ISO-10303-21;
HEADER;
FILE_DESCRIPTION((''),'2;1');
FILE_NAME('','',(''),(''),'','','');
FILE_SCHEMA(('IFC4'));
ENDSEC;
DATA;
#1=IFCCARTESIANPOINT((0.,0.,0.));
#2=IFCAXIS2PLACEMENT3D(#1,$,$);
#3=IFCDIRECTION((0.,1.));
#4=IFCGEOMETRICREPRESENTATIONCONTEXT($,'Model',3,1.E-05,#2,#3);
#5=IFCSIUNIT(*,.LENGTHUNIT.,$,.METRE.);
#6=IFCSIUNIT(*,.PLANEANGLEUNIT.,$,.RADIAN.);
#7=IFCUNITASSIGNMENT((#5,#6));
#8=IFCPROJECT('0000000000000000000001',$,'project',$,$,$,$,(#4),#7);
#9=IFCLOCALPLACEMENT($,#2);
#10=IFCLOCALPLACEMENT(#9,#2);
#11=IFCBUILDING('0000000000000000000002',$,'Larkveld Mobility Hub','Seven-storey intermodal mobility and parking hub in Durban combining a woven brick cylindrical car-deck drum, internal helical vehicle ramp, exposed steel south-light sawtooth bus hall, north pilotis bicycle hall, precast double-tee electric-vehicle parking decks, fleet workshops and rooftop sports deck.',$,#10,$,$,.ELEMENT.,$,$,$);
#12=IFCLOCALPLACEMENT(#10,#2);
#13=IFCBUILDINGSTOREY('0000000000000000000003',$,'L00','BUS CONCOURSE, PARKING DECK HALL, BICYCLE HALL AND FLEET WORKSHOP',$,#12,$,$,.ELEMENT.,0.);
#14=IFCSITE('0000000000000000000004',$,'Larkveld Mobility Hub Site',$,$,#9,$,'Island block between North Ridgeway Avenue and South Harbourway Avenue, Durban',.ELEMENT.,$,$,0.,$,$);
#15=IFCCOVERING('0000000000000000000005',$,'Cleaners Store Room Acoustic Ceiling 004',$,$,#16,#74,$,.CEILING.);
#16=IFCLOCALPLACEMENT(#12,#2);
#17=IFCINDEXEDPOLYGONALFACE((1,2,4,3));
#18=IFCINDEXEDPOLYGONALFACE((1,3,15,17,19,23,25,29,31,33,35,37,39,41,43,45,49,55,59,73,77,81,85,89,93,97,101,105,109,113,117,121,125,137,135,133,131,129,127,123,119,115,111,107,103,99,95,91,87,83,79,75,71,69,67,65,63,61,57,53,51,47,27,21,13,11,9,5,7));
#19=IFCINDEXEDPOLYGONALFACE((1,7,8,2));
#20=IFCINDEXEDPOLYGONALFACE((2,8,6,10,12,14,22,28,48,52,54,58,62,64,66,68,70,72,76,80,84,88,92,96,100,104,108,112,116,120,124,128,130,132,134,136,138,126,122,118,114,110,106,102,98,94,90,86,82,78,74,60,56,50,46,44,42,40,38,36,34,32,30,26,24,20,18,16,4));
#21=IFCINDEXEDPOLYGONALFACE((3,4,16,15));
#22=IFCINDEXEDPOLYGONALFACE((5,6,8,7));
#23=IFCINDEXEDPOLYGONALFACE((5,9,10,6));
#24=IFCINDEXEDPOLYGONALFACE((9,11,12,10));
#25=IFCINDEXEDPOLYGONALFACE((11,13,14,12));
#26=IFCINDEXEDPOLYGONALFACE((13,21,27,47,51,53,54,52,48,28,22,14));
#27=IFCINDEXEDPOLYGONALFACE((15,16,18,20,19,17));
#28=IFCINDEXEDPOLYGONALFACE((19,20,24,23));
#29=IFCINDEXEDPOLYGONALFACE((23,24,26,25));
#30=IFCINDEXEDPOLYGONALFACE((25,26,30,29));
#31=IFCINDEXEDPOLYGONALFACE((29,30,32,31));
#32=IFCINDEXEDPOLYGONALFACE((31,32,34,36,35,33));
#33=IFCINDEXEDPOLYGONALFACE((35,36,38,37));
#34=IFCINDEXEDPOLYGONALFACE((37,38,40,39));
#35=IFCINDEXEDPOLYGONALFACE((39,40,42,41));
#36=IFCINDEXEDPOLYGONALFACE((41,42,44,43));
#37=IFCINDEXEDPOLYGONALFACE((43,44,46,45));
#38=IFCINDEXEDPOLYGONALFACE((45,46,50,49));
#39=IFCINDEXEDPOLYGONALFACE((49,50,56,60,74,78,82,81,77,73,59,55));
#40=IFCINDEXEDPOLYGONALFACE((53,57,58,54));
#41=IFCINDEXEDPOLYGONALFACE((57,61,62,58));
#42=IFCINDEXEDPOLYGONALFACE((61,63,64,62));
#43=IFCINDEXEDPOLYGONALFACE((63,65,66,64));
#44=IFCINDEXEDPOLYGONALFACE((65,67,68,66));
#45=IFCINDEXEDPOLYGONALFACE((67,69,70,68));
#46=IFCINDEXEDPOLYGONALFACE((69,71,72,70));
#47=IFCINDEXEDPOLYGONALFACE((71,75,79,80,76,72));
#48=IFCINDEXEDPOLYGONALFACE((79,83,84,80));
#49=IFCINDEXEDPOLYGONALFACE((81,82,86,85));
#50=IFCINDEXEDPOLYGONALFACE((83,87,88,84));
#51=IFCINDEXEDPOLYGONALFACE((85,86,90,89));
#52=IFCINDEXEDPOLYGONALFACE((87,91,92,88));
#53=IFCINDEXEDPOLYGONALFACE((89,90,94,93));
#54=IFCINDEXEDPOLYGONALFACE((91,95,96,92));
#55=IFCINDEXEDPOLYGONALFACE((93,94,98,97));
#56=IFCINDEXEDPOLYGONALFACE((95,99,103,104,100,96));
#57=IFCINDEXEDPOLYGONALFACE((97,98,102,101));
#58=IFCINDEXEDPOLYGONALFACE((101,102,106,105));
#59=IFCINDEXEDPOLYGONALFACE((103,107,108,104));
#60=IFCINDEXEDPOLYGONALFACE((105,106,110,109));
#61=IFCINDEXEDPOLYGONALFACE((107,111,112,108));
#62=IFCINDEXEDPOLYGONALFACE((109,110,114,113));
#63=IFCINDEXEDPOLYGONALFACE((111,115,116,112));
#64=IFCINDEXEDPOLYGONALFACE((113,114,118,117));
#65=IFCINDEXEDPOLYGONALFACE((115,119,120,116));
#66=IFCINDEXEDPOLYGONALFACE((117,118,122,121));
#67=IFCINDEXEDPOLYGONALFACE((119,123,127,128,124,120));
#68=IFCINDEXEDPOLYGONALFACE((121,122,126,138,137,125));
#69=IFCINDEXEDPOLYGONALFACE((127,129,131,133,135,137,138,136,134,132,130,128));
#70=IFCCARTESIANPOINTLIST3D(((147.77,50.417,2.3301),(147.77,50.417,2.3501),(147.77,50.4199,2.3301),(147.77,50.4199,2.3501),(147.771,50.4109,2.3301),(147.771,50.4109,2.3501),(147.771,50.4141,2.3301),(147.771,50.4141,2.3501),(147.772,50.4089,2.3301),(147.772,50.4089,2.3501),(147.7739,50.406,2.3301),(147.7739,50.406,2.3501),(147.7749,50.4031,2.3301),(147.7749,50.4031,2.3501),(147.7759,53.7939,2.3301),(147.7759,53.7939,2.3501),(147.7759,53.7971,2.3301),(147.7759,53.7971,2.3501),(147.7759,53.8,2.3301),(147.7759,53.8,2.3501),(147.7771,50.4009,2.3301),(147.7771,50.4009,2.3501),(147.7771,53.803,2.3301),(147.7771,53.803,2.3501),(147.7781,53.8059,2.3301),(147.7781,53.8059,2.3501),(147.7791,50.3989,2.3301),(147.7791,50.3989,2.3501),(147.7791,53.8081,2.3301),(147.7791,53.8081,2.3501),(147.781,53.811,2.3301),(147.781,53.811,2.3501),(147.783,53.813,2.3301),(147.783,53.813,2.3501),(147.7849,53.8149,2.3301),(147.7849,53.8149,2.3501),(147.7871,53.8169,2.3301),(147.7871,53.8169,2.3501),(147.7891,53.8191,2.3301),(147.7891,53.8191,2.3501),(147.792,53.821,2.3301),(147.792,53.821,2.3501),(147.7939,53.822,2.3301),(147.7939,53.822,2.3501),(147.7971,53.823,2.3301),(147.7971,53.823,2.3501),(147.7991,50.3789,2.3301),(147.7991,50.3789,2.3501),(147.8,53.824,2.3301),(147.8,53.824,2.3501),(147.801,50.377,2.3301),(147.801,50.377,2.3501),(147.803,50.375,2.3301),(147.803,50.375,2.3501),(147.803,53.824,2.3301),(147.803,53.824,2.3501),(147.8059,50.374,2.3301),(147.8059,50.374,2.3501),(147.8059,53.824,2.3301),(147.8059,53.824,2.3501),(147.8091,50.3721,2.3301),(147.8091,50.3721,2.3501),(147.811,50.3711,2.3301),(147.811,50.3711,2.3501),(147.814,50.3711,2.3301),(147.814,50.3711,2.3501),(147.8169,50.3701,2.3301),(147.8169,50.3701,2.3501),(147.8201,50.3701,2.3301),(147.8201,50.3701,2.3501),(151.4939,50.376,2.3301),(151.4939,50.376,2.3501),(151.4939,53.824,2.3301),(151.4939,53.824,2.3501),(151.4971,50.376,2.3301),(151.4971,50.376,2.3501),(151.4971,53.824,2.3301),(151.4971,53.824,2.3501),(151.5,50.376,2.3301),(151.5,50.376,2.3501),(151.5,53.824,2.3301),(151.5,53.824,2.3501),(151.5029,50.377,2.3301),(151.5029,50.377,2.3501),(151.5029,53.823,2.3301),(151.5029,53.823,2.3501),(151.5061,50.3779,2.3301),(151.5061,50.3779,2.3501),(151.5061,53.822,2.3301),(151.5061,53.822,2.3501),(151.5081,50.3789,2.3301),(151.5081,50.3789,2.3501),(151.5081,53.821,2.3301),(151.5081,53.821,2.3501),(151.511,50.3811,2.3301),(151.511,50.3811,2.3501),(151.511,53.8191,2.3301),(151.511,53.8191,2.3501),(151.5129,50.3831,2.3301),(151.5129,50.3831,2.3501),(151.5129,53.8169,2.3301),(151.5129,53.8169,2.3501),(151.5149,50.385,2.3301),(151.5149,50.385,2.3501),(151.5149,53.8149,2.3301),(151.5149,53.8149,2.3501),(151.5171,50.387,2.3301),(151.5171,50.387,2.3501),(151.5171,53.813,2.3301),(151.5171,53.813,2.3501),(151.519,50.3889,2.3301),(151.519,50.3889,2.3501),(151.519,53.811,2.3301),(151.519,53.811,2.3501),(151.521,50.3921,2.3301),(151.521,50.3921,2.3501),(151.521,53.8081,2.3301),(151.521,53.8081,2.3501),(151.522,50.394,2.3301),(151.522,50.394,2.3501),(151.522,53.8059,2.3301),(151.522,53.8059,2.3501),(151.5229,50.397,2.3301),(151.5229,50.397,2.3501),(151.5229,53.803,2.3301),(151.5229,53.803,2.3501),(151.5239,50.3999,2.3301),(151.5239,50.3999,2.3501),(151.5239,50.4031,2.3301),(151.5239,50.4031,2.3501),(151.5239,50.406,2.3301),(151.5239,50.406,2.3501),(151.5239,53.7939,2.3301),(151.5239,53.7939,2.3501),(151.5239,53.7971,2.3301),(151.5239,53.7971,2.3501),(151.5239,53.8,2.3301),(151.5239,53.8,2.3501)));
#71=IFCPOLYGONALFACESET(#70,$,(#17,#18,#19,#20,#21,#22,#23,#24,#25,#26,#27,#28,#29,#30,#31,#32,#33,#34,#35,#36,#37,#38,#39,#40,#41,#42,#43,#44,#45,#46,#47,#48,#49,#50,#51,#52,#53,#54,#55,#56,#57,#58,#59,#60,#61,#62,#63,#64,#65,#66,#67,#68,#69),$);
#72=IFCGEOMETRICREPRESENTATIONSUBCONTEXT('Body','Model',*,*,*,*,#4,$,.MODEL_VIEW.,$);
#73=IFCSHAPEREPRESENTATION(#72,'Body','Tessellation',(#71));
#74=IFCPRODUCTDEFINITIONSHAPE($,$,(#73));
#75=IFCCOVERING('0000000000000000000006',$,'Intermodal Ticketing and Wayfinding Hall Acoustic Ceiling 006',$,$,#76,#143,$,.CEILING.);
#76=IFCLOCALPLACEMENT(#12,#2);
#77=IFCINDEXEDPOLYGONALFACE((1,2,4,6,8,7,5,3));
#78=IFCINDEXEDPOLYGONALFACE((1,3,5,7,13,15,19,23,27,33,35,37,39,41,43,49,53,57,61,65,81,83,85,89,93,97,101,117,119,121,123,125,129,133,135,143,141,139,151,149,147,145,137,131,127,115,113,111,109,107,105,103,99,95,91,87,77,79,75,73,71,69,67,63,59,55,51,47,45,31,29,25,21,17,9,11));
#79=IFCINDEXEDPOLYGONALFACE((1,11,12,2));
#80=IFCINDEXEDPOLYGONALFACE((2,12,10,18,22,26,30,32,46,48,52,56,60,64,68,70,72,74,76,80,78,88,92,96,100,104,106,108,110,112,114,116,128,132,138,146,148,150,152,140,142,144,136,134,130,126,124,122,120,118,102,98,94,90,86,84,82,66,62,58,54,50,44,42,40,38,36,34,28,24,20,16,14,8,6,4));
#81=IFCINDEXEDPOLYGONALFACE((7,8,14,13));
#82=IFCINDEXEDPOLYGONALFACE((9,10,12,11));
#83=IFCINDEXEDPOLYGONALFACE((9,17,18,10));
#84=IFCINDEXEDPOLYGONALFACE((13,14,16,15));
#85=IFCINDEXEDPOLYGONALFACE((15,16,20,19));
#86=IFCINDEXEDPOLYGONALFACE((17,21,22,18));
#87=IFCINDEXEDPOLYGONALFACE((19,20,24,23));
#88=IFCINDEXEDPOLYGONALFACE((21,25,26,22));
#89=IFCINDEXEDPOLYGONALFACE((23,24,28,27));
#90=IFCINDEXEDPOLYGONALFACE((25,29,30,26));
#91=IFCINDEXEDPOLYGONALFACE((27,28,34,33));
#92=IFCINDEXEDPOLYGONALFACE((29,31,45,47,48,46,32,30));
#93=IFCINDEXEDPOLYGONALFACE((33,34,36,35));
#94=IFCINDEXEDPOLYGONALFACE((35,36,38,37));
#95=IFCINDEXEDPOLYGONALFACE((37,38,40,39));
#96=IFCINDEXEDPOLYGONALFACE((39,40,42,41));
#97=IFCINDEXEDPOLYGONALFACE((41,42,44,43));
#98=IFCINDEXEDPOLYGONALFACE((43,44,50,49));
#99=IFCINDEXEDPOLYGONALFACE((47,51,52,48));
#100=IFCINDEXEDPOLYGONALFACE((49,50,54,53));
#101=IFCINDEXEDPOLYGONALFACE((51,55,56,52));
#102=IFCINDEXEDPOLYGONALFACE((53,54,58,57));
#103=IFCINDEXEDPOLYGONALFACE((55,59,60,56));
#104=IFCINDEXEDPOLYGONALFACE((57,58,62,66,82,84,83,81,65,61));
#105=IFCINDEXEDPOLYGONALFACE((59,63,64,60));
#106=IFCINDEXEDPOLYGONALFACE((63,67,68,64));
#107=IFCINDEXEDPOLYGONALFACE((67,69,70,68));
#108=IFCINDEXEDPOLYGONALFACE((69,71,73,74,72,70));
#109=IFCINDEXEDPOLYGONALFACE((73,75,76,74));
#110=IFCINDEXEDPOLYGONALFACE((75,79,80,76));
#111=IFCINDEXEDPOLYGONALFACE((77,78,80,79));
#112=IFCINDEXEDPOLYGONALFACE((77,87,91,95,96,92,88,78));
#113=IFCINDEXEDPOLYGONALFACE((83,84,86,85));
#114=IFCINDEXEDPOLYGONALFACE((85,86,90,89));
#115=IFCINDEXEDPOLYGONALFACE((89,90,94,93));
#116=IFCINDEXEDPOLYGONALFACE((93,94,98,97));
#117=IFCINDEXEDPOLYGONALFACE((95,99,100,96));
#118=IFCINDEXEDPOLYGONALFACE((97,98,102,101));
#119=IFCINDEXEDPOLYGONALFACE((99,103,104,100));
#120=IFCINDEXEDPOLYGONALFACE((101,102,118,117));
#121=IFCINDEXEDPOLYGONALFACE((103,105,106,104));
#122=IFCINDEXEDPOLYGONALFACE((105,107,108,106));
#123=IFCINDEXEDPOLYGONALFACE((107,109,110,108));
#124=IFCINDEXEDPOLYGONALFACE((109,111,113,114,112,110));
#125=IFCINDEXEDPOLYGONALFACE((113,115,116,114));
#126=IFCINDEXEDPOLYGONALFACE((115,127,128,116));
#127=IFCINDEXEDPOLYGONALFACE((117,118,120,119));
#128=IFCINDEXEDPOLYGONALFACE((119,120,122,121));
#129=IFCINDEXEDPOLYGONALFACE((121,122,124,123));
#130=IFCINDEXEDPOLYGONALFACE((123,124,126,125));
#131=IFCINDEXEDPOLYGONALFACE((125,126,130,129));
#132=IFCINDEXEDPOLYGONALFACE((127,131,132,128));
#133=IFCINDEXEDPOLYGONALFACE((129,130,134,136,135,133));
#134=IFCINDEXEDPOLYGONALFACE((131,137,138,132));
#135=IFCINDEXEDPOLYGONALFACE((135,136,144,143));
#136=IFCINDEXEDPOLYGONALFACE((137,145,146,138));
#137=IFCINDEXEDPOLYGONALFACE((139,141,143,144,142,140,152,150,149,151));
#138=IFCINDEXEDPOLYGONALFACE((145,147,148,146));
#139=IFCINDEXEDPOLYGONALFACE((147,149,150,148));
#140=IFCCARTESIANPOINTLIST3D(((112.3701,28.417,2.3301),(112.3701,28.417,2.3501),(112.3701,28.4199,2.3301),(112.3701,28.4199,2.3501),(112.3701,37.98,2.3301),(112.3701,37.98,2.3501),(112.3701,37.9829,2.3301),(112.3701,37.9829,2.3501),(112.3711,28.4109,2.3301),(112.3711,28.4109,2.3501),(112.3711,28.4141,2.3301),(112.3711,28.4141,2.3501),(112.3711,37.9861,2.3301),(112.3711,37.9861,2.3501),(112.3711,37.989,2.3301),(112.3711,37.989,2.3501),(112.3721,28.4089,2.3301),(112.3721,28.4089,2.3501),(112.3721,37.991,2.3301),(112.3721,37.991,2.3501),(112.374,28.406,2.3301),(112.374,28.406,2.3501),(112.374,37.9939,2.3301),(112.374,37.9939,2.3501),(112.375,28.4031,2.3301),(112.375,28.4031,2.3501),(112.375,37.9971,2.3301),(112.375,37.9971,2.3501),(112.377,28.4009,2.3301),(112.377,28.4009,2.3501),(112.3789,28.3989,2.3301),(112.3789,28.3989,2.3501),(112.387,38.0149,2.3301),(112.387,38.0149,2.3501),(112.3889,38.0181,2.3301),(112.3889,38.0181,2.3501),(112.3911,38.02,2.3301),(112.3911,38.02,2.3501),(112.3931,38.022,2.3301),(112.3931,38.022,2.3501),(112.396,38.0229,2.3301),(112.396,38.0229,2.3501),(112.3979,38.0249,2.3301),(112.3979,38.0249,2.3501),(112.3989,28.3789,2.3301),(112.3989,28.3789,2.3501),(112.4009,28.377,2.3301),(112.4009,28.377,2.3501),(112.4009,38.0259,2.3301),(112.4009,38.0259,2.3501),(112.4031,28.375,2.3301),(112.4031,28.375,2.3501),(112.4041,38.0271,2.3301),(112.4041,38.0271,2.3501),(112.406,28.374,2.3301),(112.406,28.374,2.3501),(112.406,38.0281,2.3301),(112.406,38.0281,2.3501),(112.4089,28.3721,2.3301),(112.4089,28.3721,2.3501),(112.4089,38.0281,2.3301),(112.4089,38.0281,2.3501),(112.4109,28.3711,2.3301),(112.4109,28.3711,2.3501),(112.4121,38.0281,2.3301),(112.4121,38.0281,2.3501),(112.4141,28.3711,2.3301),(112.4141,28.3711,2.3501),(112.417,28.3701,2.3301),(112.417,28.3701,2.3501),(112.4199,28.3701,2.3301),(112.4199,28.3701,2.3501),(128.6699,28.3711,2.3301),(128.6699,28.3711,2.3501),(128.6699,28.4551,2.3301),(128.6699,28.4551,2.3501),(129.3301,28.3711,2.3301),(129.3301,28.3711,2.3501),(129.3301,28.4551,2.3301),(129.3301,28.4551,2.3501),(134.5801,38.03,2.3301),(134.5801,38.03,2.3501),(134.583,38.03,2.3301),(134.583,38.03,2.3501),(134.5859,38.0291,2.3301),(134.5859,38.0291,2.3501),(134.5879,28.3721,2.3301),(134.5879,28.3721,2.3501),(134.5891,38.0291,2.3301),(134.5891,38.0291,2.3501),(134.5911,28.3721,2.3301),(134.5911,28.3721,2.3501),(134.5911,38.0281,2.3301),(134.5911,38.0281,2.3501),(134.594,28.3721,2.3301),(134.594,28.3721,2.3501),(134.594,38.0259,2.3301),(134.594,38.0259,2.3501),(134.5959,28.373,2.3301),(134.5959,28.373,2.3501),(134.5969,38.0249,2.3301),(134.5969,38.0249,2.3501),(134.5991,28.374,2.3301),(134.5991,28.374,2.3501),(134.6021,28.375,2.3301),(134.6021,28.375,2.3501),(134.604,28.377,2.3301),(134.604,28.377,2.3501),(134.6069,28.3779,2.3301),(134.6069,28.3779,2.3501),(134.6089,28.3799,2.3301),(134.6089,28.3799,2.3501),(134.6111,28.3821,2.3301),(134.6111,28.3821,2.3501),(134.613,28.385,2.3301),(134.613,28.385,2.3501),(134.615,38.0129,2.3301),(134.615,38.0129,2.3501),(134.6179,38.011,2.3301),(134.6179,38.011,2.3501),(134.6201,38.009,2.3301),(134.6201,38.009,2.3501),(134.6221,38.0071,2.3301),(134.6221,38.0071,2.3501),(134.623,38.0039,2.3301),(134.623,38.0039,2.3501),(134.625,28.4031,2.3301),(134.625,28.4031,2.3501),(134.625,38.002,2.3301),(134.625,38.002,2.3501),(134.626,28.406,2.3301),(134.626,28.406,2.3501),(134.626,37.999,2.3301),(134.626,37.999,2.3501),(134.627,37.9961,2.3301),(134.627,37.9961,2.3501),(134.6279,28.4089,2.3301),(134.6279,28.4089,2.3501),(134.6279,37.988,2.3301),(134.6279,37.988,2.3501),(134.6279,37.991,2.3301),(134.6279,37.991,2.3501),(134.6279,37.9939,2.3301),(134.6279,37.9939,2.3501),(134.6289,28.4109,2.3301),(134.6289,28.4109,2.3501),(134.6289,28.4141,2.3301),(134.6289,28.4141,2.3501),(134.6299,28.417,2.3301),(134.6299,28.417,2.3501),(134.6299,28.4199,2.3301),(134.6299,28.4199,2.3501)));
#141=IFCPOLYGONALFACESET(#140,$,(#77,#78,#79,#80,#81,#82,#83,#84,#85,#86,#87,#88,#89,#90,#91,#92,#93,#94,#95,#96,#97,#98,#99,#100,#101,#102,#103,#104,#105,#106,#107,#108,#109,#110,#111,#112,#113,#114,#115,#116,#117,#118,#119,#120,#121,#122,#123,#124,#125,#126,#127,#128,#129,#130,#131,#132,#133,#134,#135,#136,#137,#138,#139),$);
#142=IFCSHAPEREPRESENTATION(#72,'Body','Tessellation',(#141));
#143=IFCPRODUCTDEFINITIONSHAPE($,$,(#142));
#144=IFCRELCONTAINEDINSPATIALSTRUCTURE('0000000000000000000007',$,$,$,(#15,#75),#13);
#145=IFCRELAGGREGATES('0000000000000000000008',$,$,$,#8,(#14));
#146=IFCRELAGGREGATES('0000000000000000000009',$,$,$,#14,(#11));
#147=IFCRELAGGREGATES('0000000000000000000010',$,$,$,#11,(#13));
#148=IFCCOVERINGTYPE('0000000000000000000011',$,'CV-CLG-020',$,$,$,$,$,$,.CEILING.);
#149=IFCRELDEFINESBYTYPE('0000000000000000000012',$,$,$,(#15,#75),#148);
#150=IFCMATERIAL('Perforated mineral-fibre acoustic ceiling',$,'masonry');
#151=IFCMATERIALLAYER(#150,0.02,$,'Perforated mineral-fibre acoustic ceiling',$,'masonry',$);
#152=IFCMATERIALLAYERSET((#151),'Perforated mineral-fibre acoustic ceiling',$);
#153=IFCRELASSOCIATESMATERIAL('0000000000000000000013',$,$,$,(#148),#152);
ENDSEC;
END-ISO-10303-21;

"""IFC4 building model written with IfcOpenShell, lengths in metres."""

from ifc_helpers import new_model, si_unit, direction, frame, origin, place, context, subcontext, project, spatial, polyline, outline, extrude, material, layer, layer_set, type_object, element, save


model = new_model("IFC4")

# Units and contexts
model_context = context("Model", 3, precision=1e-05, world=origin(), true_north=direction((0.0, 1.0)))
body_context = subcontext(model_context, "Body", "Model", "MODEL_VIEW")
ifc_project = project(units=[si_unit("LENGTHUNIT", "METRE"), si_unit("PLANEANGLEUNIT", "RADIAN")], contexts=[model_context])

# Site, building, storey
site_placement = place(None, origin())
site = spatial("IfcSite", under=ifc_project, at=site_placement, Name="Larkveld Mobility Hub Site", LongName="Island block between North Ridgeway Avenue and South Harbourway Avenue, Durban", CompositionType="ELEMENT", RefElevation=0.0)
building_placement = place(site_placement, origin())
building = spatial("IfcBuilding", under=site, at=building_placement, Name="Larkveld Mobility Hub", Description="Seven-storey intermodal mobility and parking hub in Durban combining a woven brick cylindrical car-deck drum, internal helical vehicle ramp, exposed steel south-light sawtooth bus hall, north pilotis bicycle hall, precast double-tee electric-vehicle parking decks, fleet workshops and rooftop sports deck.", CompositionType="ELEMENT")
storey_placement = place(building_placement, origin())
storey = spatial("IfcBuildingStorey", under=building, at=storey_placement, Name="L00", Description="BUS CONCOURSE, PARKING DECK HALL, BICYCLE HALL AND FLEET WORKSHOP", CompositionType="ELEMENT", Elevation=0.0)

# Coverings
ifc_material_1 = material(Name="Perforated mineral-fibre acoustic ceiling", Category="masonry")
ifc_layer_1 = layer(ifc_material_1, 0.02, Name="Perforated mineral-fibre acoustic ceiling", Category="masonry")
ifc_layer_set_1 = layer_set([ifc_layer_1], Name="Perforated mineral-fibre acoustic ceiling")
covering_type_1 = type_object("IfcCoveringType", Name="CV-CLG-020", PredefinedType="CEILING", material=ifc_layer_set_1)
covering_1_placement = place(storey_placement, frame((0.0, 0.0, 2.3301)))
element("IfcCovering", 1, at=covering_1_placement, inside=storey, type_object=covering_type_1, Name="Cleaners Store Room Acoustic Ceiling 004", PredefinedType="CEILING", context=body_context, shape_type="SweptSolid", body=[
    extrude(outline(polyline([(147.8201, 50.3701), (147.8169, 50.3701), (147.814, 50.3711), (147.811, 50.3711), (147.8091, 50.3721), (147.8059, 50.374), (147.803, 50.375), (147.801, 50.377), (147.7991, 50.3789), (147.7791, 50.3989), (147.7771, 50.4009), (147.7749, 50.4031), (147.7739, 50.406), (147.772, 50.4089), (147.771, 50.4109), (147.771, 50.4141), (147.77, 50.417), (147.77, 50.4199), (147.7759, 53.7939), (147.7759, 53.7971), (147.7759, 53.8), (147.7771, 53.803), (147.7781, 53.8059), (147.7791, 53.8081), (147.781, 53.811), (147.783, 53.813), (147.7849, 53.8149), (147.7871, 53.8169), (147.7891, 53.8191), (147.792, 53.821), (147.7939, 53.822), (147.7971, 53.823), (147.8, 53.824), (147.803, 53.824), (147.8059, 53.824), (151.4939, 53.824), (151.4971, 53.824), (151.5, 53.824), (151.5029, 53.823), (151.5061, 53.822), (151.5081, 53.821), (151.511, 53.8191), (151.5129, 53.8169), (151.5149, 53.8149), (151.5171, 53.813), (151.519, 53.811), (151.521, 53.8081), (151.522, 53.8059), (151.5229, 53.803), (151.5239, 53.8), (151.5239, 53.7971), (151.5239, 53.7939), (151.5239, 50.406), (151.5239, 50.4031), (151.5239, 50.3999), (151.5229, 50.397), (151.522, 50.394), (151.521, 50.3921), (151.519, 50.3889), (151.5171, 50.387), (151.5149, 50.385), (151.5129, 50.3831), (151.511, 50.3811), (151.5081, 50.3789), (151.5061, 50.3779), (151.5029, 50.377), (151.5, 50.376), (151.4971, 50.376), (151.4939, 50.376), (147.8201, 50.3701)])), origin(), (0.0, 0.0, 1.0), 0.02),
])
covering_2_placement = place(storey_placement, frame((0.0, 0.0, 2.3301)))
element("IfcCovering", 2, at=covering_2_placement, inside=storey, type_object=covering_type_1, Name="Intermodal Ticketing and Wayfinding Hall Acoustic Ceiling 006", PredefinedType="CEILING", context=body_context, shape_type="SweptSolid", body=[
    extrude(outline(polyline([(112.417, 28.3701), (112.4141, 28.3711), (112.4109, 28.3711), (112.4089, 28.3721), (112.406, 28.374), (112.4031, 28.375), (112.4009, 28.377), (112.3989, 28.3789), (112.3789, 28.3989), (112.377, 28.4009), (112.375, 28.4031), (112.374, 28.406), (112.3721, 28.4089), (112.3711, 28.4109), (112.3711, 28.4141), (112.3701, 28.417), (112.3701, 28.4199), (112.3701, 37.98), (112.3701, 37.9829), (112.3711, 37.9861), (112.3711, 37.989), (112.3721, 37.991), (112.374, 37.9939), (112.375, 37.9971), (112.387, 38.0149), (112.3889, 38.0181), (112.3911, 38.02), (112.3931, 38.022), (112.396, 38.0229), (112.3979, 38.0249), (112.4009, 38.0259), (112.4041, 38.0271), (112.406, 38.0281), (112.4089, 38.0281), (112.4121, 38.0281), (134.5801, 38.03), (134.583, 38.03), (134.5859, 38.0291), (134.5891, 38.0291), (134.5911, 38.0281), (134.594, 38.0259), (134.5969, 38.0249), (134.615, 38.0129), (134.6179, 38.011), (134.6201, 38.009), (134.6221, 38.0071), (134.623, 38.0039), (134.625, 38.002), (134.626, 37.999), (134.627, 37.9961), (134.6279, 37.9939), (134.6279, 37.991), (134.6279, 37.988), (134.6299, 28.4199), (134.6299, 28.417), (134.6289, 28.4141), (134.6289, 28.4109), (134.6279, 28.4089), (134.626, 28.406), (134.625, 28.4031), (134.613, 28.385), (134.6111, 28.3821), (134.6089, 28.3799), (134.6069, 28.3779), (134.604, 28.377), (134.6021, 28.375), (134.5991, 28.374), (134.5959, 28.373), (134.594, 28.3721), (134.5911, 28.3721), (134.5879, 28.3721), (129.3301, 28.3711), (129.3301, 28.4551), (128.6699, 28.4551), (128.6699, 28.3711), (112.4199, 28.3701), (112.417, 28.3701)])), origin(), (0.0, 0.0, 1.0), 0.02),
])

save(model, "model.ifc")
